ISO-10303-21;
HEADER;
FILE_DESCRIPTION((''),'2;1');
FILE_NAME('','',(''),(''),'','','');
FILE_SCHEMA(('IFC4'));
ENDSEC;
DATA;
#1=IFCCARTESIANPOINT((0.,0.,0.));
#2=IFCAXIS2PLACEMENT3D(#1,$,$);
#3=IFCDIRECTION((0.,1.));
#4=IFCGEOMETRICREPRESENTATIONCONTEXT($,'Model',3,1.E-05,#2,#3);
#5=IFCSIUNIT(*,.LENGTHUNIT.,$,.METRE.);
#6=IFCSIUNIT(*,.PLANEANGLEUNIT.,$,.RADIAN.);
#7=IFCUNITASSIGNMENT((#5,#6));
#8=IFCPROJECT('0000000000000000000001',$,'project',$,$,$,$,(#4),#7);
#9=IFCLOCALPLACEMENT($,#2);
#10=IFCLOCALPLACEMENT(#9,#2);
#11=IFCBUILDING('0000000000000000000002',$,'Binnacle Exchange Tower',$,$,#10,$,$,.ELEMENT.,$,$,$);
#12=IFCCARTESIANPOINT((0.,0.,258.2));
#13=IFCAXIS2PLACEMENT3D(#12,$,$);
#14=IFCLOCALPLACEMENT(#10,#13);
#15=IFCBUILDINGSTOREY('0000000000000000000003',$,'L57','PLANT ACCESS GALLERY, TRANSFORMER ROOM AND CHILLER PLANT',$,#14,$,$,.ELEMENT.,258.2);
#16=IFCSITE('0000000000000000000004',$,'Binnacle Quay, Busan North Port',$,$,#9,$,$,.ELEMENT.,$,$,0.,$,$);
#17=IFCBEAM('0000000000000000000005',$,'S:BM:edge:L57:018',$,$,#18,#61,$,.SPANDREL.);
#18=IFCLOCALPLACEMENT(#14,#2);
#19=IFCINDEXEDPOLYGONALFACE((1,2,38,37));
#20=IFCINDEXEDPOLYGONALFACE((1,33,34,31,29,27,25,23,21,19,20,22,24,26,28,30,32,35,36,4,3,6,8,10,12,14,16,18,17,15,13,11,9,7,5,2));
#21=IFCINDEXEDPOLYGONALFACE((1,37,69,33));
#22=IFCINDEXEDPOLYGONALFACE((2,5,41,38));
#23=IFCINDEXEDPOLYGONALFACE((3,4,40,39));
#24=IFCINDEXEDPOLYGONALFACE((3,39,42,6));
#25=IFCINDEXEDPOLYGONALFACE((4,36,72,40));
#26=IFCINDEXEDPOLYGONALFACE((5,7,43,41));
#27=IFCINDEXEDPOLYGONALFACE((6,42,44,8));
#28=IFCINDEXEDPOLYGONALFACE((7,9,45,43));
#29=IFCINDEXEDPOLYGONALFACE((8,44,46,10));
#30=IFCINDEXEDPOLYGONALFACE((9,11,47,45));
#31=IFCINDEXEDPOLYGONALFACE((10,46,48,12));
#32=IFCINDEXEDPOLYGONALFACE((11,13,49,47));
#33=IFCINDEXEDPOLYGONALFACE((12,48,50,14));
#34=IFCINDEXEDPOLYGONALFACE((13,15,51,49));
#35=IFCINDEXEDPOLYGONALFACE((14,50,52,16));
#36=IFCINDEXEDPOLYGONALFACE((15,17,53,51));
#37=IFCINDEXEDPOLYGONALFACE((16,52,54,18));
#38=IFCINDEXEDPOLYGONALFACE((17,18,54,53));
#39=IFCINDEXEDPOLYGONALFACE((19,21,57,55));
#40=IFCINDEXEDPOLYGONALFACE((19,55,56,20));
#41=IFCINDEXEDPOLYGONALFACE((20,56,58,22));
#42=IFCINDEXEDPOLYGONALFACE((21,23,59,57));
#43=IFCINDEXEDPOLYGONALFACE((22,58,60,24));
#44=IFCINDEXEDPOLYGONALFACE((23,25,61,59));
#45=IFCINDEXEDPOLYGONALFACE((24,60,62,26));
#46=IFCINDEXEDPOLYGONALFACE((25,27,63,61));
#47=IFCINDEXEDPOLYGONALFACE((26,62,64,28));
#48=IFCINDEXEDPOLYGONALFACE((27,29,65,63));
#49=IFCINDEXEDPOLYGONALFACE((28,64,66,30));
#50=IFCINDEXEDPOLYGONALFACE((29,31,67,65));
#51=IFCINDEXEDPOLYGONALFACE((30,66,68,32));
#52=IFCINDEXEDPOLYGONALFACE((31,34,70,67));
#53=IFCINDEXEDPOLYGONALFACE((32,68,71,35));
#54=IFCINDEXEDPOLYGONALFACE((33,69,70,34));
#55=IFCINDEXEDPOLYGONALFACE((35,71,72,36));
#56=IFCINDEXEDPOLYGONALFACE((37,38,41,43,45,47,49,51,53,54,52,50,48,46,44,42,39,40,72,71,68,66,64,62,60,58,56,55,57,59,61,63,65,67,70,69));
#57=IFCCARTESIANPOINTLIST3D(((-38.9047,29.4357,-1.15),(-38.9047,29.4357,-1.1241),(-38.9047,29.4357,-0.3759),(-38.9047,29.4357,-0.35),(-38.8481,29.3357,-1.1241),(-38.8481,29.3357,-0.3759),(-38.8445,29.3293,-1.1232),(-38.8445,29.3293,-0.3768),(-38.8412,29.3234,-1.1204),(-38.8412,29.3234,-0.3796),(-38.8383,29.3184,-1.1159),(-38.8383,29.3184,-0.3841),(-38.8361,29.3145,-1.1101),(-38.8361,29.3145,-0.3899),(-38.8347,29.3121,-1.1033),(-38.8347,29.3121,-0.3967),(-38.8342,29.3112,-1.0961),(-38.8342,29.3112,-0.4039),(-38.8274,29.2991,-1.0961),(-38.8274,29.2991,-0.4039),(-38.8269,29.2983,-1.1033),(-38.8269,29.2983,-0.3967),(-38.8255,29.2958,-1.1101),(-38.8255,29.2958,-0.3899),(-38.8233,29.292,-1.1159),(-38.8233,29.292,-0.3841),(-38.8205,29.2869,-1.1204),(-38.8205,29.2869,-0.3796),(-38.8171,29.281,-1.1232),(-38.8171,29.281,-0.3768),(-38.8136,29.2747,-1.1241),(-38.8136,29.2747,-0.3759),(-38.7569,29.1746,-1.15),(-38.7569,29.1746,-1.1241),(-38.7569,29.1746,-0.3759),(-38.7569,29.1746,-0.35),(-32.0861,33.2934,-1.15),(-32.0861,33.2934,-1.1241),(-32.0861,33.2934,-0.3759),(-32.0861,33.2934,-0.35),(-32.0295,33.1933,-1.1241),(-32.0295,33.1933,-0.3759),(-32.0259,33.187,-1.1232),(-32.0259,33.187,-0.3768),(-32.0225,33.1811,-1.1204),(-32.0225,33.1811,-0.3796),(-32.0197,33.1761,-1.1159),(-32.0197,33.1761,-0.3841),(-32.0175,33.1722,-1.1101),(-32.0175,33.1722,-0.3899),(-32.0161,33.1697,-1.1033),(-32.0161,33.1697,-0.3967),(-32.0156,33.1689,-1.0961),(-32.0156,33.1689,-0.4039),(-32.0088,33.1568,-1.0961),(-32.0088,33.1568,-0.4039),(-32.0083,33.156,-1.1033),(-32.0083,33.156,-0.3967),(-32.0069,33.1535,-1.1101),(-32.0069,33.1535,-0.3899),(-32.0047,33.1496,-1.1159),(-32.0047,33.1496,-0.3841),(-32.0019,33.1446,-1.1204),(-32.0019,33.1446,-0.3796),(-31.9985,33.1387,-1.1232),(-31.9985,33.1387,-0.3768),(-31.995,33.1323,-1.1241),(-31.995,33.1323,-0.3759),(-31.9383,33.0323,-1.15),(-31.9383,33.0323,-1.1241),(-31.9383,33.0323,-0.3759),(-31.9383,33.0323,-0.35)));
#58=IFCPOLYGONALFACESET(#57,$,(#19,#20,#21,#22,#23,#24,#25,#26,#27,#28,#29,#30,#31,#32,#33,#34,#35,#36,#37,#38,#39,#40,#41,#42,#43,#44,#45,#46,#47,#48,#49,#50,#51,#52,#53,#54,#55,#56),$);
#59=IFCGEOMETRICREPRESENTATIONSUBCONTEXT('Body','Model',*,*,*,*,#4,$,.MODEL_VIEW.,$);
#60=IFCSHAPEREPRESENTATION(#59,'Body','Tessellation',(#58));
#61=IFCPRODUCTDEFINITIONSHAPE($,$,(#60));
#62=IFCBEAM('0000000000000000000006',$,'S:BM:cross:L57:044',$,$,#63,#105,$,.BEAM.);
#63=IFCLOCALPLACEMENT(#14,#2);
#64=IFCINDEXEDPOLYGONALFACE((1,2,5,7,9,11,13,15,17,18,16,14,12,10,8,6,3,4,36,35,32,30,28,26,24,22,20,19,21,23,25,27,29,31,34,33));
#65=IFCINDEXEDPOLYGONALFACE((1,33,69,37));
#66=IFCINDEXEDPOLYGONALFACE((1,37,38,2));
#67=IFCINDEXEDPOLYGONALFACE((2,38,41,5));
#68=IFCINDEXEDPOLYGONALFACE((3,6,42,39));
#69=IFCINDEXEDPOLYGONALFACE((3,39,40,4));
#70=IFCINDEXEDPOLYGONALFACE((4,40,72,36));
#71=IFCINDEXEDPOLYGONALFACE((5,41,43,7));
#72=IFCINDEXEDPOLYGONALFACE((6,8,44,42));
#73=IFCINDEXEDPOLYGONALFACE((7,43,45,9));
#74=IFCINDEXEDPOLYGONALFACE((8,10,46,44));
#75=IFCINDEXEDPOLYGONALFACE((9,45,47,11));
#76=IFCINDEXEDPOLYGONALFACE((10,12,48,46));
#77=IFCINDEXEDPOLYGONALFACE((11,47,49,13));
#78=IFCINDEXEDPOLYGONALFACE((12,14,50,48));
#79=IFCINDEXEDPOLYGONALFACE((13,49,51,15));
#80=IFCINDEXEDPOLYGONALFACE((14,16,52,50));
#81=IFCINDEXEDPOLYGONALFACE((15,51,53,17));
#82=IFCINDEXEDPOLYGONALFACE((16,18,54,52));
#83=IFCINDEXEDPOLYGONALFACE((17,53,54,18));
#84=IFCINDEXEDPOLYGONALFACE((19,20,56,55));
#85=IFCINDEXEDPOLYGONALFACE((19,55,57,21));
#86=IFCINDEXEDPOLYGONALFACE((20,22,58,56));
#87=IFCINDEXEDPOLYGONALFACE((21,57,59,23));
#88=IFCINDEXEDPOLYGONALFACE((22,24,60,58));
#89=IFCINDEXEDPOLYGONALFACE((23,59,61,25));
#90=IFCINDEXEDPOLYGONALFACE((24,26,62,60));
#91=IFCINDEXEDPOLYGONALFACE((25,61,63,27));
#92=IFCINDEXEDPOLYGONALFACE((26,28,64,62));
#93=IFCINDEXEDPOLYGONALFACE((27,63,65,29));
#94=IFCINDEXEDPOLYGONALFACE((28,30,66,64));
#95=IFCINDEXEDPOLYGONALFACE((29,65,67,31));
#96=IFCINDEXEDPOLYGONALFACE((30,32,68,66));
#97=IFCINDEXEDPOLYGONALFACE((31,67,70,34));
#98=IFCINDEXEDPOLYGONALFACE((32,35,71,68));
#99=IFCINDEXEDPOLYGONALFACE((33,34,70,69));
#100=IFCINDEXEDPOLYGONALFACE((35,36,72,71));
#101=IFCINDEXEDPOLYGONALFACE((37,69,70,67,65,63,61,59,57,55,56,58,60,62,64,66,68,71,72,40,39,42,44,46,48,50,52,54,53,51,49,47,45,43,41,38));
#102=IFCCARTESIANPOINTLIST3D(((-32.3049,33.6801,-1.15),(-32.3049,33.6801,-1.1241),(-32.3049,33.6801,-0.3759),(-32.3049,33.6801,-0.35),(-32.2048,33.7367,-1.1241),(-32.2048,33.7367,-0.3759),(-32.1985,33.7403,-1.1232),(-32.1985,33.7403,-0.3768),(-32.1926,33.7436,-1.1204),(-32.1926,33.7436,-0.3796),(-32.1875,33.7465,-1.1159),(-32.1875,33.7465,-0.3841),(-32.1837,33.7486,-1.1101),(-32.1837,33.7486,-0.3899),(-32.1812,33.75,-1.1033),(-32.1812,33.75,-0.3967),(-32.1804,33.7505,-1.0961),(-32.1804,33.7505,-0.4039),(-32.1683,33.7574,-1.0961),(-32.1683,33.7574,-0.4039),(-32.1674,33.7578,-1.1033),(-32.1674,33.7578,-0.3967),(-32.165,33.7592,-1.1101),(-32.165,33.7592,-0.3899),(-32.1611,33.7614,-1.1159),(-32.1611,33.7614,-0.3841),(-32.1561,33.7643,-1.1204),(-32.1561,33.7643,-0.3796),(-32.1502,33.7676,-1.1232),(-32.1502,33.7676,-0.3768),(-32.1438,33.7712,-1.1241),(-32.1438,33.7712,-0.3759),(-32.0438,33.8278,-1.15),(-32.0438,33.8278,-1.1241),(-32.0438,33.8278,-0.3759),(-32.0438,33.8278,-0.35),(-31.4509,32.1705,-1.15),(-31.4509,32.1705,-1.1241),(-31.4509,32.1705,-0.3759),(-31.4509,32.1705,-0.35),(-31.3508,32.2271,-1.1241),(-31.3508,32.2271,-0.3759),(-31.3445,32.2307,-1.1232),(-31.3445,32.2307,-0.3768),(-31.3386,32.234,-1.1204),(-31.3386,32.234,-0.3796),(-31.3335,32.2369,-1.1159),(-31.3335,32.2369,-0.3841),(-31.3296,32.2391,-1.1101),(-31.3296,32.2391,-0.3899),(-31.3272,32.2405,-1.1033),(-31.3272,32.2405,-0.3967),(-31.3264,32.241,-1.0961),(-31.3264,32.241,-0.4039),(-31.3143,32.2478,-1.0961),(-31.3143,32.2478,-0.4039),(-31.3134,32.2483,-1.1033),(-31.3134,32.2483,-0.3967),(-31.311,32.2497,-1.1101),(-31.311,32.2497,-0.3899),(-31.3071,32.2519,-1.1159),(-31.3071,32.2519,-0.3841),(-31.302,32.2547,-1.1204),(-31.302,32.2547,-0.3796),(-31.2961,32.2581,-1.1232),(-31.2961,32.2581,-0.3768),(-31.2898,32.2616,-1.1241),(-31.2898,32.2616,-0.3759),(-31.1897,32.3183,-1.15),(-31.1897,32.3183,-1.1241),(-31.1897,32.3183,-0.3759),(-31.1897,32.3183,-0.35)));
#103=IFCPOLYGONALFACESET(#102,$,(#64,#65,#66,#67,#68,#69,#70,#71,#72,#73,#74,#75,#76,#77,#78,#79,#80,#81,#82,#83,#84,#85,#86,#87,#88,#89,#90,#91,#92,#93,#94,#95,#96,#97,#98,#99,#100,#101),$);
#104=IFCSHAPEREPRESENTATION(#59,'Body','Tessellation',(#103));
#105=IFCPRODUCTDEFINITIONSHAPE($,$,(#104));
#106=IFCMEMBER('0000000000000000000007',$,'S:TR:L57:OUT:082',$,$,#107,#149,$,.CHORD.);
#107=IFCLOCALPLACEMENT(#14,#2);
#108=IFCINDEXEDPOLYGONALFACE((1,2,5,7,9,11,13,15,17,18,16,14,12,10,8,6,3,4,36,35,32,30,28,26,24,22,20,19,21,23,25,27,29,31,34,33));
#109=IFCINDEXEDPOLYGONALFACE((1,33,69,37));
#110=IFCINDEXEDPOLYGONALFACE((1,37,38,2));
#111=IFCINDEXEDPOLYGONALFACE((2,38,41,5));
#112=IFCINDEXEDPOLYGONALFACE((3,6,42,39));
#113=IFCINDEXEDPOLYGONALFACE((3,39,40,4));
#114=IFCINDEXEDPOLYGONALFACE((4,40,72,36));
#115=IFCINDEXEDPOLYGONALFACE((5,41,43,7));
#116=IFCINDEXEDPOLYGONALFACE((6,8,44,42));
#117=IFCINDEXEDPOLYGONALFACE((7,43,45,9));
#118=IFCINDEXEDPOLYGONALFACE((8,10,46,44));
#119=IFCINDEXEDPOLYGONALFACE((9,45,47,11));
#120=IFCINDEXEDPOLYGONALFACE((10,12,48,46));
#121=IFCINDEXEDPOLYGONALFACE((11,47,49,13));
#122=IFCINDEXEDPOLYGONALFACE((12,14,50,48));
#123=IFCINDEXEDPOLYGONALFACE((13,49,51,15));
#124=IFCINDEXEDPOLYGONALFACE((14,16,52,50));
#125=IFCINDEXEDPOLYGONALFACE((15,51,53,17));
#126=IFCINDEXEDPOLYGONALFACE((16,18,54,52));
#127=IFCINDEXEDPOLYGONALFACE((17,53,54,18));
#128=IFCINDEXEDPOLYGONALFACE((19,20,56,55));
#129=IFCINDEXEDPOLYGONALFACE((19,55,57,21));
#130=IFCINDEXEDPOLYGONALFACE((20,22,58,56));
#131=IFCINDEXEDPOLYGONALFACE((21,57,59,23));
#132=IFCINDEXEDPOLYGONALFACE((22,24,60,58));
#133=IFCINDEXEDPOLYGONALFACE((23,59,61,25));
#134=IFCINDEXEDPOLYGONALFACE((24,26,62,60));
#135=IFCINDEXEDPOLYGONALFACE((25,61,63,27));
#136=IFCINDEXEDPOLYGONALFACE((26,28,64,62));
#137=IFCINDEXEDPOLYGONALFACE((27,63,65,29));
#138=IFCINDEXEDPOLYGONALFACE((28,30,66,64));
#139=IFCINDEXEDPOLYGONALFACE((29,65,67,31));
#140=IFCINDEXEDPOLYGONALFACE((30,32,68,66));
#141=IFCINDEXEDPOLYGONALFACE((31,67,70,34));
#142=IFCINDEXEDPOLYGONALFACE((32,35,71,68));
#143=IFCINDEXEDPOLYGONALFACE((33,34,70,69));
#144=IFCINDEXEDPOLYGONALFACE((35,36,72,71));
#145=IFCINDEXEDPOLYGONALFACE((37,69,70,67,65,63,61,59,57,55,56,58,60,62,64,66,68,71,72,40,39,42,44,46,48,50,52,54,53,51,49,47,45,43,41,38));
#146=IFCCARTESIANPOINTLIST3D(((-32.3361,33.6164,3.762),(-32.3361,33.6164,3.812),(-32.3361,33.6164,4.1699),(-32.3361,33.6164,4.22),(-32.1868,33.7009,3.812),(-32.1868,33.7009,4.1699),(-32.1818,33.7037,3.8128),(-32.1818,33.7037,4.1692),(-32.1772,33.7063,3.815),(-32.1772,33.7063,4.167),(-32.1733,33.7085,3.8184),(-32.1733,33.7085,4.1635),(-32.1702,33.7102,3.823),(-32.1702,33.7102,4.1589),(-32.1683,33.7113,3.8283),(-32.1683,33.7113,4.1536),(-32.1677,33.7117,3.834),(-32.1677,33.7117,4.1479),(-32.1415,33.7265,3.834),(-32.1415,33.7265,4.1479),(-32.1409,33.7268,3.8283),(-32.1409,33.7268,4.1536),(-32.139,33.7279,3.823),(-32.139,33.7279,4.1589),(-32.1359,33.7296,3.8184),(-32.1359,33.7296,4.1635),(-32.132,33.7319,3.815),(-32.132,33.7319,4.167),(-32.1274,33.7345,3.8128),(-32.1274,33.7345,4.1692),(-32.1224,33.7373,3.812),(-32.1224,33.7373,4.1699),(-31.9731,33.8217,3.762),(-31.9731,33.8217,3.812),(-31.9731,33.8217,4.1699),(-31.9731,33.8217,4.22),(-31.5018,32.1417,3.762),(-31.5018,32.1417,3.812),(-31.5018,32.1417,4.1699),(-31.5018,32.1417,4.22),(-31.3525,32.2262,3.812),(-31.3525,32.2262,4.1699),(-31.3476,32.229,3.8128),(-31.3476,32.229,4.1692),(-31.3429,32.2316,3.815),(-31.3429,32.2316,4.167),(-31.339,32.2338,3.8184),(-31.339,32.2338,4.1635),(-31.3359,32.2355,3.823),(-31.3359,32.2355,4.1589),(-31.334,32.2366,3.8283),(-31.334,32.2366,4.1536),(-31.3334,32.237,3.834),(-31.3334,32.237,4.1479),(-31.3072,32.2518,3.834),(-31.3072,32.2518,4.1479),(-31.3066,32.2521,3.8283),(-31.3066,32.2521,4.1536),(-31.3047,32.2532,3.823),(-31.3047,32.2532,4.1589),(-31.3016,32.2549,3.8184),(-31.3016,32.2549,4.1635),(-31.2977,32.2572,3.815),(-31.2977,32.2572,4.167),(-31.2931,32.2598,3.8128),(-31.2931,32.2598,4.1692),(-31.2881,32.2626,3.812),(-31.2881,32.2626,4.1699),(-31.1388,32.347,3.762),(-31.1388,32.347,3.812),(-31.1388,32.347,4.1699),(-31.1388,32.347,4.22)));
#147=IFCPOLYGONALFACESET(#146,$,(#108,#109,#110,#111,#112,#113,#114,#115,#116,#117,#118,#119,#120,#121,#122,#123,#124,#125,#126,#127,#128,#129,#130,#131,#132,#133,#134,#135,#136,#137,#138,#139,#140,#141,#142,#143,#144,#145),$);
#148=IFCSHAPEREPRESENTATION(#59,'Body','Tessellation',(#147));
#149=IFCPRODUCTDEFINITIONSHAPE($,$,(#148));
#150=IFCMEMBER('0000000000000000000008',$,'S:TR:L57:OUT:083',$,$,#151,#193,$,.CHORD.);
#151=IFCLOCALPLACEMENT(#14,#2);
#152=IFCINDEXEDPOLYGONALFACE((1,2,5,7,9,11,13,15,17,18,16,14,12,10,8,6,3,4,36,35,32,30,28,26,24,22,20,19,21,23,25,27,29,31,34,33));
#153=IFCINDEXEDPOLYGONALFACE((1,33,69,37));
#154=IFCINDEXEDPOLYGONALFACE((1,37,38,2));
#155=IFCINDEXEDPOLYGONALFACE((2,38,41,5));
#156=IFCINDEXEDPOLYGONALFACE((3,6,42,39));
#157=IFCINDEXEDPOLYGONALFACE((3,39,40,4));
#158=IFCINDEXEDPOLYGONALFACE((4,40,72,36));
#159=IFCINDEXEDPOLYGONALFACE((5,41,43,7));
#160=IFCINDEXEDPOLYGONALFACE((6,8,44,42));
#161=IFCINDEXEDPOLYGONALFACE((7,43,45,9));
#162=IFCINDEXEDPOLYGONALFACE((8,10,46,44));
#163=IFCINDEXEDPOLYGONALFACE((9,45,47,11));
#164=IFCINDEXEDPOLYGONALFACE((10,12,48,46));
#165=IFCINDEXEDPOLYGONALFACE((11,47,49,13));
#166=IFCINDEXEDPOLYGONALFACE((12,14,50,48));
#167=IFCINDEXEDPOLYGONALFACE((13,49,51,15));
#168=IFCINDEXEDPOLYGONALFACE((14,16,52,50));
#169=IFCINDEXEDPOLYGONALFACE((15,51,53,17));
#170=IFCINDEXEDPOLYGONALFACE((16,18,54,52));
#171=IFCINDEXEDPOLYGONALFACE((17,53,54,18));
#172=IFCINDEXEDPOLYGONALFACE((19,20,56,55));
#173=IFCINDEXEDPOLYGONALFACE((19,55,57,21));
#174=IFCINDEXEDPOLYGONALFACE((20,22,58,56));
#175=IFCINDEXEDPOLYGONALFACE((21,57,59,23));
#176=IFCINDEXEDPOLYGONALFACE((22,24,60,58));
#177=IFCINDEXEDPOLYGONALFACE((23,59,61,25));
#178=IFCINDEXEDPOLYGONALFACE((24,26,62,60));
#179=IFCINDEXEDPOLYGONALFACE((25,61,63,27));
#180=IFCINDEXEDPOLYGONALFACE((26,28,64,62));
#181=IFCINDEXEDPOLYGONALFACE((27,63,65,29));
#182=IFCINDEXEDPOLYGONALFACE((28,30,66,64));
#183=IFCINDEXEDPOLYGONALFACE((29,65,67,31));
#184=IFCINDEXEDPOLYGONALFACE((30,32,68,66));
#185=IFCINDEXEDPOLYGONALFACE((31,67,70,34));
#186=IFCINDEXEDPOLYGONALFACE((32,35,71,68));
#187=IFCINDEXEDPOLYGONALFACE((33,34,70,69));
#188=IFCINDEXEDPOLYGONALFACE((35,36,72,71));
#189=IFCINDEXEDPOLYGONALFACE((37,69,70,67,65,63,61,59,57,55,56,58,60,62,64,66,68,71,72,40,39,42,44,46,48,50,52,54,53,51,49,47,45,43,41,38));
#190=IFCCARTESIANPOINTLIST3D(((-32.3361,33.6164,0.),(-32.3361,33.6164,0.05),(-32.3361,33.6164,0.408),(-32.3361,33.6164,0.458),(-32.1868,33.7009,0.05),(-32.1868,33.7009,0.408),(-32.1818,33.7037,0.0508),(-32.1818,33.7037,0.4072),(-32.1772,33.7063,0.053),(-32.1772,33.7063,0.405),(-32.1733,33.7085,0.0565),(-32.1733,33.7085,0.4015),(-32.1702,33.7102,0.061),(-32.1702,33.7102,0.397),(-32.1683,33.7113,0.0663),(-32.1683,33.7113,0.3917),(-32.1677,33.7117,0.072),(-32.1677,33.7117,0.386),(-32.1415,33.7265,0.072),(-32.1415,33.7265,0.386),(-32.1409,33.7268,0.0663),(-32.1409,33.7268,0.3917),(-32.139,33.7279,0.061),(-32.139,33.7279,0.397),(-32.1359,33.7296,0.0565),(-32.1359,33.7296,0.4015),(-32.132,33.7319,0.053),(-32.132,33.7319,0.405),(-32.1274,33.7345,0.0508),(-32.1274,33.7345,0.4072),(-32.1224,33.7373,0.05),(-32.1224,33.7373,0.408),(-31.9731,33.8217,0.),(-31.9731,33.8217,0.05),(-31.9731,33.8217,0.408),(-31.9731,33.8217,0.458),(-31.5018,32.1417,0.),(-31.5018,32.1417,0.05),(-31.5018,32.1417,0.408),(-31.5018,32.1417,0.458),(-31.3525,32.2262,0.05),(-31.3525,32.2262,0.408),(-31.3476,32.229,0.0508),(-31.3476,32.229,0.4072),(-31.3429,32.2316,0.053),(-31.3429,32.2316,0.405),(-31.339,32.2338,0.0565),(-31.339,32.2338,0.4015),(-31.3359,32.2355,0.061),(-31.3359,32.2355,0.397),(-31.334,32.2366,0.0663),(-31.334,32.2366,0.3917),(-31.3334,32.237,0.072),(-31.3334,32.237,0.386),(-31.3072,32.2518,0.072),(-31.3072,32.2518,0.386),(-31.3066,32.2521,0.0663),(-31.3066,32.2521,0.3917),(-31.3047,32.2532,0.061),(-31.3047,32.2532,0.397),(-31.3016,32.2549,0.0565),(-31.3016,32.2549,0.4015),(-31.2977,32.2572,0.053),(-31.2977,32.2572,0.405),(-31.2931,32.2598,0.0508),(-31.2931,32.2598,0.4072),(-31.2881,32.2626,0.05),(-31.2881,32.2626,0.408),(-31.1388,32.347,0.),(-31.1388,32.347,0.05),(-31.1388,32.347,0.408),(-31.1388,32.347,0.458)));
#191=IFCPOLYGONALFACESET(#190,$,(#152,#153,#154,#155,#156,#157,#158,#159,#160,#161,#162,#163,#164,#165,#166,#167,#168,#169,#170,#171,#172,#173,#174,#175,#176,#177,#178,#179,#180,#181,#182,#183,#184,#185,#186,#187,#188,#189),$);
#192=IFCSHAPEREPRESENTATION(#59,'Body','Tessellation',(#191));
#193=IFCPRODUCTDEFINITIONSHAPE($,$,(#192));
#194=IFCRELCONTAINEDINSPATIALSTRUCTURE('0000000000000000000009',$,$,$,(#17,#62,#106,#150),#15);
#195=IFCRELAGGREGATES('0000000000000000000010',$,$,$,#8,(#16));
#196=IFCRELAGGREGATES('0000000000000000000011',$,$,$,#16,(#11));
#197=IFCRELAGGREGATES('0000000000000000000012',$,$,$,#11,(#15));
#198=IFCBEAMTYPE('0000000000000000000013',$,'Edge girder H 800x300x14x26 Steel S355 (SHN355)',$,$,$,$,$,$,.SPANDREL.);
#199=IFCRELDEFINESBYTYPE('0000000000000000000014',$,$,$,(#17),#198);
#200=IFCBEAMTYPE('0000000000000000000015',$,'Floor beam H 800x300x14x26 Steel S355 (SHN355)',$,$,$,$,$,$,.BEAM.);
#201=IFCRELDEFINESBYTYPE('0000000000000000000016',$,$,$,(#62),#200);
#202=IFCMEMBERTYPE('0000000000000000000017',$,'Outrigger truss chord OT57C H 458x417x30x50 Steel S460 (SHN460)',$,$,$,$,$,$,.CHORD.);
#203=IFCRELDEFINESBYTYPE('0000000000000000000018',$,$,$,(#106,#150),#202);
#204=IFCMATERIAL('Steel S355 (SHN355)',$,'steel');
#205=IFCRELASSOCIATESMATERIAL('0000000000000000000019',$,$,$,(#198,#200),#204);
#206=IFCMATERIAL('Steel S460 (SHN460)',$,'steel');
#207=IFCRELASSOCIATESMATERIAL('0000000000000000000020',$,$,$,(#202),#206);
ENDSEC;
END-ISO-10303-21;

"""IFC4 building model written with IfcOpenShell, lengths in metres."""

from ifc_helpers import new_model, si_unit, direction, frame, origin, origin_2d, place, context, subcontext, project, spatial, i_section, extrude, material, material_profile, profile_set, type_object, element, save


model = new_model("IFC4")

# Units and contexts
model_context = context("Model", 3, precision=1e-05, world=origin(), true_north=direction((0.0, 1.0)))
body_context = subcontext(model_context, "Body", "Model", "MODEL_VIEW")
ifc_project = project(units=[si_unit("LENGTHUNIT", "METRE"), si_unit("PLANEANGLEUNIT", "RADIAN")], contexts=[model_context])

# Site, building, storey
site_placement = place(None, origin())
site = spatial("IfcSite", under=ifc_project, at=site_placement, Name="Binnacle Quay, Busan North Port", CompositionType="ELEMENT", RefElevation=0.0)
building_placement = place(site_placement, origin())
building = spatial("IfcBuilding", under=site, at=building_placement, Name="Binnacle Exchange Tower", CompositionType="ELEMENT")
storey_placement = place(building_placement, frame((0.0, 0.0, 258.2)))
storey = spatial("IfcBuildingStorey", under=building, at=storey_placement, Name="L57", Description="PLANT ACCESS GALLERY, TRANSFORMER ROOM AND CHILLER PLANT", CompositionType="ELEMENT", Elevation=258.2)

# Shared definitions
ifc_material_1 = material(Name="Steel S355 (SHN355)", Category="steel")

# Beams
ifc_material_profile_1 = material_profile(ifc_material_1, i_section(OverallWidth=0.3, OverallDepth=0.8, WebThickness=0.0139, FlangeThickness=0.0259, FilletRadius=0.0281, at=origin_2d()), Name="H 800x300x14x26")
ifc_profile_set_1 = profile_set([ifc_material_profile_1], Name="Steel S355 (SHN355)")
beam_type_1 = type_object("IfcBeamType", Name="Edge girder H 800x300x14x26 Steel S355 (SHN355)", PredefinedType="SPANDREL", material=ifc_profile_set_1)
beam_1_placement = place(storey_placement, frame((-32.0122, 33.1628, -0.75), z_axis=(-0.870362, -0.492413, 0.0), x_axis=(0.492413, -0.870362, 0.0)))
element("IfcBeam", 1, at=beam_1_placement, inside=storey, type_object=beam_type_1, Name="S:BM:edge:L57:018", PredefinedType="SPANDREL", context=body_context, shape_type="SweptSolid", body=[
    extrude(i_section(OverallWidth=0.3, OverallDepth=0.8, WebThickness=0.0139, FlangeThickness=0.0259, FilletRadius=0.0281, at=origin_2d()), origin(), (0.0, 0.0, 1.0), 7.8342),
])
ifc_material_profile_2 = material_profile(ifc_material_1, i_section(OverallWidth=0.3, OverallDepth=0.8, WebThickness=0.0139, FlangeThickness=0.0259, FilletRadius=0.0281, at=origin_2d()), Name="H 800x300x14x26")
ifc_profile_set_2 = profile_set([ifc_material_profile_2], Name="Steel S355 (SHN355)")
beam_type_2 = type_object("IfcBeamType", Name="Floor beam H 800x300x14x26 Steel S355 (SHN355)", PredefinedType="BEAM", material=ifc_profile_set_2)
beam_2_placement = place(storey_placement, frame((-31.3203, 32.2444, -0.75), z_axis=(-0.492405, 0.870366, 0.0), x_axis=(-0.870366, -0.492405, 0.0)))
element("IfcBeam", 2, at=beam_2_placement, inside=storey, type_object=beam_type_2, Name="S:BM:cross:L57:044", PredefinedType="BEAM", context=body_context, shape_type="SweptSolid", body=[
    extrude(i_section(OverallWidth=0.3, OverallDepth=0.8, WebThickness=0.0139, FlangeThickness=0.0259, FilletRadius=0.0281, at=origin_2d()), origin(), (0.0, 0.0, 1.0), 1.7344),
])

# Members
ifc_material_2 = material(Name="Steel S460 (SHN460)", Category="steel")
ifc_material_profile_3 = material_profile(ifc_material_2, i_section(OverallWidth=0.417, OverallDepth=0.458, WebThickness=0.03, FlangeThickness=0.05, FilletRadius=0.022, at=origin_2d()), Name="H 458x417x30x50")
ifc_profile_set_3 = profile_set([ifc_material_profile_3], Name="Steel S460 (SHN460)")
member_type_1 = type_object("IfcMemberType", Name="Outrigger truss chord OT57C H 458x417x30x50 Steel S460 (SHN460)", PredefinedType="CHORD", material=ifc_profile_set_3)
for number, where, z_axis, x_axis, name in (
    (3, (-31.3203, 32.2444, 3.991), (-0.492394, 0.870372, 0.0), (-0.870372, -0.492394, 0.0), "S:TR:L57:OUT:082"),
    (4, (-31.3203, 32.2444, 0.229), (-0.492394, 0.870372, 0.0), (-0.870372, -0.492394, 0.0), "S:TR:L57:OUT:083"),
):
    element("IfcMember", number, at=place(storey_placement, frame(where, z_axis=z_axis, x_axis=x_axis)), inside=storey, type_object=member_type_1, Name=name, PredefinedType="CHORD", context=body_context, shape_type="SweptSolid", body=[
        extrude(i_section(OverallWidth=0.417, OverallDepth=0.458, WebThickness=0.03, FlangeThickness=0.05, FilletRadius=0.022, at=origin_2d()), origin(), (0.0, 0.0, 1.0), 1.6943),
    ])

save(model, "model.ifc")
